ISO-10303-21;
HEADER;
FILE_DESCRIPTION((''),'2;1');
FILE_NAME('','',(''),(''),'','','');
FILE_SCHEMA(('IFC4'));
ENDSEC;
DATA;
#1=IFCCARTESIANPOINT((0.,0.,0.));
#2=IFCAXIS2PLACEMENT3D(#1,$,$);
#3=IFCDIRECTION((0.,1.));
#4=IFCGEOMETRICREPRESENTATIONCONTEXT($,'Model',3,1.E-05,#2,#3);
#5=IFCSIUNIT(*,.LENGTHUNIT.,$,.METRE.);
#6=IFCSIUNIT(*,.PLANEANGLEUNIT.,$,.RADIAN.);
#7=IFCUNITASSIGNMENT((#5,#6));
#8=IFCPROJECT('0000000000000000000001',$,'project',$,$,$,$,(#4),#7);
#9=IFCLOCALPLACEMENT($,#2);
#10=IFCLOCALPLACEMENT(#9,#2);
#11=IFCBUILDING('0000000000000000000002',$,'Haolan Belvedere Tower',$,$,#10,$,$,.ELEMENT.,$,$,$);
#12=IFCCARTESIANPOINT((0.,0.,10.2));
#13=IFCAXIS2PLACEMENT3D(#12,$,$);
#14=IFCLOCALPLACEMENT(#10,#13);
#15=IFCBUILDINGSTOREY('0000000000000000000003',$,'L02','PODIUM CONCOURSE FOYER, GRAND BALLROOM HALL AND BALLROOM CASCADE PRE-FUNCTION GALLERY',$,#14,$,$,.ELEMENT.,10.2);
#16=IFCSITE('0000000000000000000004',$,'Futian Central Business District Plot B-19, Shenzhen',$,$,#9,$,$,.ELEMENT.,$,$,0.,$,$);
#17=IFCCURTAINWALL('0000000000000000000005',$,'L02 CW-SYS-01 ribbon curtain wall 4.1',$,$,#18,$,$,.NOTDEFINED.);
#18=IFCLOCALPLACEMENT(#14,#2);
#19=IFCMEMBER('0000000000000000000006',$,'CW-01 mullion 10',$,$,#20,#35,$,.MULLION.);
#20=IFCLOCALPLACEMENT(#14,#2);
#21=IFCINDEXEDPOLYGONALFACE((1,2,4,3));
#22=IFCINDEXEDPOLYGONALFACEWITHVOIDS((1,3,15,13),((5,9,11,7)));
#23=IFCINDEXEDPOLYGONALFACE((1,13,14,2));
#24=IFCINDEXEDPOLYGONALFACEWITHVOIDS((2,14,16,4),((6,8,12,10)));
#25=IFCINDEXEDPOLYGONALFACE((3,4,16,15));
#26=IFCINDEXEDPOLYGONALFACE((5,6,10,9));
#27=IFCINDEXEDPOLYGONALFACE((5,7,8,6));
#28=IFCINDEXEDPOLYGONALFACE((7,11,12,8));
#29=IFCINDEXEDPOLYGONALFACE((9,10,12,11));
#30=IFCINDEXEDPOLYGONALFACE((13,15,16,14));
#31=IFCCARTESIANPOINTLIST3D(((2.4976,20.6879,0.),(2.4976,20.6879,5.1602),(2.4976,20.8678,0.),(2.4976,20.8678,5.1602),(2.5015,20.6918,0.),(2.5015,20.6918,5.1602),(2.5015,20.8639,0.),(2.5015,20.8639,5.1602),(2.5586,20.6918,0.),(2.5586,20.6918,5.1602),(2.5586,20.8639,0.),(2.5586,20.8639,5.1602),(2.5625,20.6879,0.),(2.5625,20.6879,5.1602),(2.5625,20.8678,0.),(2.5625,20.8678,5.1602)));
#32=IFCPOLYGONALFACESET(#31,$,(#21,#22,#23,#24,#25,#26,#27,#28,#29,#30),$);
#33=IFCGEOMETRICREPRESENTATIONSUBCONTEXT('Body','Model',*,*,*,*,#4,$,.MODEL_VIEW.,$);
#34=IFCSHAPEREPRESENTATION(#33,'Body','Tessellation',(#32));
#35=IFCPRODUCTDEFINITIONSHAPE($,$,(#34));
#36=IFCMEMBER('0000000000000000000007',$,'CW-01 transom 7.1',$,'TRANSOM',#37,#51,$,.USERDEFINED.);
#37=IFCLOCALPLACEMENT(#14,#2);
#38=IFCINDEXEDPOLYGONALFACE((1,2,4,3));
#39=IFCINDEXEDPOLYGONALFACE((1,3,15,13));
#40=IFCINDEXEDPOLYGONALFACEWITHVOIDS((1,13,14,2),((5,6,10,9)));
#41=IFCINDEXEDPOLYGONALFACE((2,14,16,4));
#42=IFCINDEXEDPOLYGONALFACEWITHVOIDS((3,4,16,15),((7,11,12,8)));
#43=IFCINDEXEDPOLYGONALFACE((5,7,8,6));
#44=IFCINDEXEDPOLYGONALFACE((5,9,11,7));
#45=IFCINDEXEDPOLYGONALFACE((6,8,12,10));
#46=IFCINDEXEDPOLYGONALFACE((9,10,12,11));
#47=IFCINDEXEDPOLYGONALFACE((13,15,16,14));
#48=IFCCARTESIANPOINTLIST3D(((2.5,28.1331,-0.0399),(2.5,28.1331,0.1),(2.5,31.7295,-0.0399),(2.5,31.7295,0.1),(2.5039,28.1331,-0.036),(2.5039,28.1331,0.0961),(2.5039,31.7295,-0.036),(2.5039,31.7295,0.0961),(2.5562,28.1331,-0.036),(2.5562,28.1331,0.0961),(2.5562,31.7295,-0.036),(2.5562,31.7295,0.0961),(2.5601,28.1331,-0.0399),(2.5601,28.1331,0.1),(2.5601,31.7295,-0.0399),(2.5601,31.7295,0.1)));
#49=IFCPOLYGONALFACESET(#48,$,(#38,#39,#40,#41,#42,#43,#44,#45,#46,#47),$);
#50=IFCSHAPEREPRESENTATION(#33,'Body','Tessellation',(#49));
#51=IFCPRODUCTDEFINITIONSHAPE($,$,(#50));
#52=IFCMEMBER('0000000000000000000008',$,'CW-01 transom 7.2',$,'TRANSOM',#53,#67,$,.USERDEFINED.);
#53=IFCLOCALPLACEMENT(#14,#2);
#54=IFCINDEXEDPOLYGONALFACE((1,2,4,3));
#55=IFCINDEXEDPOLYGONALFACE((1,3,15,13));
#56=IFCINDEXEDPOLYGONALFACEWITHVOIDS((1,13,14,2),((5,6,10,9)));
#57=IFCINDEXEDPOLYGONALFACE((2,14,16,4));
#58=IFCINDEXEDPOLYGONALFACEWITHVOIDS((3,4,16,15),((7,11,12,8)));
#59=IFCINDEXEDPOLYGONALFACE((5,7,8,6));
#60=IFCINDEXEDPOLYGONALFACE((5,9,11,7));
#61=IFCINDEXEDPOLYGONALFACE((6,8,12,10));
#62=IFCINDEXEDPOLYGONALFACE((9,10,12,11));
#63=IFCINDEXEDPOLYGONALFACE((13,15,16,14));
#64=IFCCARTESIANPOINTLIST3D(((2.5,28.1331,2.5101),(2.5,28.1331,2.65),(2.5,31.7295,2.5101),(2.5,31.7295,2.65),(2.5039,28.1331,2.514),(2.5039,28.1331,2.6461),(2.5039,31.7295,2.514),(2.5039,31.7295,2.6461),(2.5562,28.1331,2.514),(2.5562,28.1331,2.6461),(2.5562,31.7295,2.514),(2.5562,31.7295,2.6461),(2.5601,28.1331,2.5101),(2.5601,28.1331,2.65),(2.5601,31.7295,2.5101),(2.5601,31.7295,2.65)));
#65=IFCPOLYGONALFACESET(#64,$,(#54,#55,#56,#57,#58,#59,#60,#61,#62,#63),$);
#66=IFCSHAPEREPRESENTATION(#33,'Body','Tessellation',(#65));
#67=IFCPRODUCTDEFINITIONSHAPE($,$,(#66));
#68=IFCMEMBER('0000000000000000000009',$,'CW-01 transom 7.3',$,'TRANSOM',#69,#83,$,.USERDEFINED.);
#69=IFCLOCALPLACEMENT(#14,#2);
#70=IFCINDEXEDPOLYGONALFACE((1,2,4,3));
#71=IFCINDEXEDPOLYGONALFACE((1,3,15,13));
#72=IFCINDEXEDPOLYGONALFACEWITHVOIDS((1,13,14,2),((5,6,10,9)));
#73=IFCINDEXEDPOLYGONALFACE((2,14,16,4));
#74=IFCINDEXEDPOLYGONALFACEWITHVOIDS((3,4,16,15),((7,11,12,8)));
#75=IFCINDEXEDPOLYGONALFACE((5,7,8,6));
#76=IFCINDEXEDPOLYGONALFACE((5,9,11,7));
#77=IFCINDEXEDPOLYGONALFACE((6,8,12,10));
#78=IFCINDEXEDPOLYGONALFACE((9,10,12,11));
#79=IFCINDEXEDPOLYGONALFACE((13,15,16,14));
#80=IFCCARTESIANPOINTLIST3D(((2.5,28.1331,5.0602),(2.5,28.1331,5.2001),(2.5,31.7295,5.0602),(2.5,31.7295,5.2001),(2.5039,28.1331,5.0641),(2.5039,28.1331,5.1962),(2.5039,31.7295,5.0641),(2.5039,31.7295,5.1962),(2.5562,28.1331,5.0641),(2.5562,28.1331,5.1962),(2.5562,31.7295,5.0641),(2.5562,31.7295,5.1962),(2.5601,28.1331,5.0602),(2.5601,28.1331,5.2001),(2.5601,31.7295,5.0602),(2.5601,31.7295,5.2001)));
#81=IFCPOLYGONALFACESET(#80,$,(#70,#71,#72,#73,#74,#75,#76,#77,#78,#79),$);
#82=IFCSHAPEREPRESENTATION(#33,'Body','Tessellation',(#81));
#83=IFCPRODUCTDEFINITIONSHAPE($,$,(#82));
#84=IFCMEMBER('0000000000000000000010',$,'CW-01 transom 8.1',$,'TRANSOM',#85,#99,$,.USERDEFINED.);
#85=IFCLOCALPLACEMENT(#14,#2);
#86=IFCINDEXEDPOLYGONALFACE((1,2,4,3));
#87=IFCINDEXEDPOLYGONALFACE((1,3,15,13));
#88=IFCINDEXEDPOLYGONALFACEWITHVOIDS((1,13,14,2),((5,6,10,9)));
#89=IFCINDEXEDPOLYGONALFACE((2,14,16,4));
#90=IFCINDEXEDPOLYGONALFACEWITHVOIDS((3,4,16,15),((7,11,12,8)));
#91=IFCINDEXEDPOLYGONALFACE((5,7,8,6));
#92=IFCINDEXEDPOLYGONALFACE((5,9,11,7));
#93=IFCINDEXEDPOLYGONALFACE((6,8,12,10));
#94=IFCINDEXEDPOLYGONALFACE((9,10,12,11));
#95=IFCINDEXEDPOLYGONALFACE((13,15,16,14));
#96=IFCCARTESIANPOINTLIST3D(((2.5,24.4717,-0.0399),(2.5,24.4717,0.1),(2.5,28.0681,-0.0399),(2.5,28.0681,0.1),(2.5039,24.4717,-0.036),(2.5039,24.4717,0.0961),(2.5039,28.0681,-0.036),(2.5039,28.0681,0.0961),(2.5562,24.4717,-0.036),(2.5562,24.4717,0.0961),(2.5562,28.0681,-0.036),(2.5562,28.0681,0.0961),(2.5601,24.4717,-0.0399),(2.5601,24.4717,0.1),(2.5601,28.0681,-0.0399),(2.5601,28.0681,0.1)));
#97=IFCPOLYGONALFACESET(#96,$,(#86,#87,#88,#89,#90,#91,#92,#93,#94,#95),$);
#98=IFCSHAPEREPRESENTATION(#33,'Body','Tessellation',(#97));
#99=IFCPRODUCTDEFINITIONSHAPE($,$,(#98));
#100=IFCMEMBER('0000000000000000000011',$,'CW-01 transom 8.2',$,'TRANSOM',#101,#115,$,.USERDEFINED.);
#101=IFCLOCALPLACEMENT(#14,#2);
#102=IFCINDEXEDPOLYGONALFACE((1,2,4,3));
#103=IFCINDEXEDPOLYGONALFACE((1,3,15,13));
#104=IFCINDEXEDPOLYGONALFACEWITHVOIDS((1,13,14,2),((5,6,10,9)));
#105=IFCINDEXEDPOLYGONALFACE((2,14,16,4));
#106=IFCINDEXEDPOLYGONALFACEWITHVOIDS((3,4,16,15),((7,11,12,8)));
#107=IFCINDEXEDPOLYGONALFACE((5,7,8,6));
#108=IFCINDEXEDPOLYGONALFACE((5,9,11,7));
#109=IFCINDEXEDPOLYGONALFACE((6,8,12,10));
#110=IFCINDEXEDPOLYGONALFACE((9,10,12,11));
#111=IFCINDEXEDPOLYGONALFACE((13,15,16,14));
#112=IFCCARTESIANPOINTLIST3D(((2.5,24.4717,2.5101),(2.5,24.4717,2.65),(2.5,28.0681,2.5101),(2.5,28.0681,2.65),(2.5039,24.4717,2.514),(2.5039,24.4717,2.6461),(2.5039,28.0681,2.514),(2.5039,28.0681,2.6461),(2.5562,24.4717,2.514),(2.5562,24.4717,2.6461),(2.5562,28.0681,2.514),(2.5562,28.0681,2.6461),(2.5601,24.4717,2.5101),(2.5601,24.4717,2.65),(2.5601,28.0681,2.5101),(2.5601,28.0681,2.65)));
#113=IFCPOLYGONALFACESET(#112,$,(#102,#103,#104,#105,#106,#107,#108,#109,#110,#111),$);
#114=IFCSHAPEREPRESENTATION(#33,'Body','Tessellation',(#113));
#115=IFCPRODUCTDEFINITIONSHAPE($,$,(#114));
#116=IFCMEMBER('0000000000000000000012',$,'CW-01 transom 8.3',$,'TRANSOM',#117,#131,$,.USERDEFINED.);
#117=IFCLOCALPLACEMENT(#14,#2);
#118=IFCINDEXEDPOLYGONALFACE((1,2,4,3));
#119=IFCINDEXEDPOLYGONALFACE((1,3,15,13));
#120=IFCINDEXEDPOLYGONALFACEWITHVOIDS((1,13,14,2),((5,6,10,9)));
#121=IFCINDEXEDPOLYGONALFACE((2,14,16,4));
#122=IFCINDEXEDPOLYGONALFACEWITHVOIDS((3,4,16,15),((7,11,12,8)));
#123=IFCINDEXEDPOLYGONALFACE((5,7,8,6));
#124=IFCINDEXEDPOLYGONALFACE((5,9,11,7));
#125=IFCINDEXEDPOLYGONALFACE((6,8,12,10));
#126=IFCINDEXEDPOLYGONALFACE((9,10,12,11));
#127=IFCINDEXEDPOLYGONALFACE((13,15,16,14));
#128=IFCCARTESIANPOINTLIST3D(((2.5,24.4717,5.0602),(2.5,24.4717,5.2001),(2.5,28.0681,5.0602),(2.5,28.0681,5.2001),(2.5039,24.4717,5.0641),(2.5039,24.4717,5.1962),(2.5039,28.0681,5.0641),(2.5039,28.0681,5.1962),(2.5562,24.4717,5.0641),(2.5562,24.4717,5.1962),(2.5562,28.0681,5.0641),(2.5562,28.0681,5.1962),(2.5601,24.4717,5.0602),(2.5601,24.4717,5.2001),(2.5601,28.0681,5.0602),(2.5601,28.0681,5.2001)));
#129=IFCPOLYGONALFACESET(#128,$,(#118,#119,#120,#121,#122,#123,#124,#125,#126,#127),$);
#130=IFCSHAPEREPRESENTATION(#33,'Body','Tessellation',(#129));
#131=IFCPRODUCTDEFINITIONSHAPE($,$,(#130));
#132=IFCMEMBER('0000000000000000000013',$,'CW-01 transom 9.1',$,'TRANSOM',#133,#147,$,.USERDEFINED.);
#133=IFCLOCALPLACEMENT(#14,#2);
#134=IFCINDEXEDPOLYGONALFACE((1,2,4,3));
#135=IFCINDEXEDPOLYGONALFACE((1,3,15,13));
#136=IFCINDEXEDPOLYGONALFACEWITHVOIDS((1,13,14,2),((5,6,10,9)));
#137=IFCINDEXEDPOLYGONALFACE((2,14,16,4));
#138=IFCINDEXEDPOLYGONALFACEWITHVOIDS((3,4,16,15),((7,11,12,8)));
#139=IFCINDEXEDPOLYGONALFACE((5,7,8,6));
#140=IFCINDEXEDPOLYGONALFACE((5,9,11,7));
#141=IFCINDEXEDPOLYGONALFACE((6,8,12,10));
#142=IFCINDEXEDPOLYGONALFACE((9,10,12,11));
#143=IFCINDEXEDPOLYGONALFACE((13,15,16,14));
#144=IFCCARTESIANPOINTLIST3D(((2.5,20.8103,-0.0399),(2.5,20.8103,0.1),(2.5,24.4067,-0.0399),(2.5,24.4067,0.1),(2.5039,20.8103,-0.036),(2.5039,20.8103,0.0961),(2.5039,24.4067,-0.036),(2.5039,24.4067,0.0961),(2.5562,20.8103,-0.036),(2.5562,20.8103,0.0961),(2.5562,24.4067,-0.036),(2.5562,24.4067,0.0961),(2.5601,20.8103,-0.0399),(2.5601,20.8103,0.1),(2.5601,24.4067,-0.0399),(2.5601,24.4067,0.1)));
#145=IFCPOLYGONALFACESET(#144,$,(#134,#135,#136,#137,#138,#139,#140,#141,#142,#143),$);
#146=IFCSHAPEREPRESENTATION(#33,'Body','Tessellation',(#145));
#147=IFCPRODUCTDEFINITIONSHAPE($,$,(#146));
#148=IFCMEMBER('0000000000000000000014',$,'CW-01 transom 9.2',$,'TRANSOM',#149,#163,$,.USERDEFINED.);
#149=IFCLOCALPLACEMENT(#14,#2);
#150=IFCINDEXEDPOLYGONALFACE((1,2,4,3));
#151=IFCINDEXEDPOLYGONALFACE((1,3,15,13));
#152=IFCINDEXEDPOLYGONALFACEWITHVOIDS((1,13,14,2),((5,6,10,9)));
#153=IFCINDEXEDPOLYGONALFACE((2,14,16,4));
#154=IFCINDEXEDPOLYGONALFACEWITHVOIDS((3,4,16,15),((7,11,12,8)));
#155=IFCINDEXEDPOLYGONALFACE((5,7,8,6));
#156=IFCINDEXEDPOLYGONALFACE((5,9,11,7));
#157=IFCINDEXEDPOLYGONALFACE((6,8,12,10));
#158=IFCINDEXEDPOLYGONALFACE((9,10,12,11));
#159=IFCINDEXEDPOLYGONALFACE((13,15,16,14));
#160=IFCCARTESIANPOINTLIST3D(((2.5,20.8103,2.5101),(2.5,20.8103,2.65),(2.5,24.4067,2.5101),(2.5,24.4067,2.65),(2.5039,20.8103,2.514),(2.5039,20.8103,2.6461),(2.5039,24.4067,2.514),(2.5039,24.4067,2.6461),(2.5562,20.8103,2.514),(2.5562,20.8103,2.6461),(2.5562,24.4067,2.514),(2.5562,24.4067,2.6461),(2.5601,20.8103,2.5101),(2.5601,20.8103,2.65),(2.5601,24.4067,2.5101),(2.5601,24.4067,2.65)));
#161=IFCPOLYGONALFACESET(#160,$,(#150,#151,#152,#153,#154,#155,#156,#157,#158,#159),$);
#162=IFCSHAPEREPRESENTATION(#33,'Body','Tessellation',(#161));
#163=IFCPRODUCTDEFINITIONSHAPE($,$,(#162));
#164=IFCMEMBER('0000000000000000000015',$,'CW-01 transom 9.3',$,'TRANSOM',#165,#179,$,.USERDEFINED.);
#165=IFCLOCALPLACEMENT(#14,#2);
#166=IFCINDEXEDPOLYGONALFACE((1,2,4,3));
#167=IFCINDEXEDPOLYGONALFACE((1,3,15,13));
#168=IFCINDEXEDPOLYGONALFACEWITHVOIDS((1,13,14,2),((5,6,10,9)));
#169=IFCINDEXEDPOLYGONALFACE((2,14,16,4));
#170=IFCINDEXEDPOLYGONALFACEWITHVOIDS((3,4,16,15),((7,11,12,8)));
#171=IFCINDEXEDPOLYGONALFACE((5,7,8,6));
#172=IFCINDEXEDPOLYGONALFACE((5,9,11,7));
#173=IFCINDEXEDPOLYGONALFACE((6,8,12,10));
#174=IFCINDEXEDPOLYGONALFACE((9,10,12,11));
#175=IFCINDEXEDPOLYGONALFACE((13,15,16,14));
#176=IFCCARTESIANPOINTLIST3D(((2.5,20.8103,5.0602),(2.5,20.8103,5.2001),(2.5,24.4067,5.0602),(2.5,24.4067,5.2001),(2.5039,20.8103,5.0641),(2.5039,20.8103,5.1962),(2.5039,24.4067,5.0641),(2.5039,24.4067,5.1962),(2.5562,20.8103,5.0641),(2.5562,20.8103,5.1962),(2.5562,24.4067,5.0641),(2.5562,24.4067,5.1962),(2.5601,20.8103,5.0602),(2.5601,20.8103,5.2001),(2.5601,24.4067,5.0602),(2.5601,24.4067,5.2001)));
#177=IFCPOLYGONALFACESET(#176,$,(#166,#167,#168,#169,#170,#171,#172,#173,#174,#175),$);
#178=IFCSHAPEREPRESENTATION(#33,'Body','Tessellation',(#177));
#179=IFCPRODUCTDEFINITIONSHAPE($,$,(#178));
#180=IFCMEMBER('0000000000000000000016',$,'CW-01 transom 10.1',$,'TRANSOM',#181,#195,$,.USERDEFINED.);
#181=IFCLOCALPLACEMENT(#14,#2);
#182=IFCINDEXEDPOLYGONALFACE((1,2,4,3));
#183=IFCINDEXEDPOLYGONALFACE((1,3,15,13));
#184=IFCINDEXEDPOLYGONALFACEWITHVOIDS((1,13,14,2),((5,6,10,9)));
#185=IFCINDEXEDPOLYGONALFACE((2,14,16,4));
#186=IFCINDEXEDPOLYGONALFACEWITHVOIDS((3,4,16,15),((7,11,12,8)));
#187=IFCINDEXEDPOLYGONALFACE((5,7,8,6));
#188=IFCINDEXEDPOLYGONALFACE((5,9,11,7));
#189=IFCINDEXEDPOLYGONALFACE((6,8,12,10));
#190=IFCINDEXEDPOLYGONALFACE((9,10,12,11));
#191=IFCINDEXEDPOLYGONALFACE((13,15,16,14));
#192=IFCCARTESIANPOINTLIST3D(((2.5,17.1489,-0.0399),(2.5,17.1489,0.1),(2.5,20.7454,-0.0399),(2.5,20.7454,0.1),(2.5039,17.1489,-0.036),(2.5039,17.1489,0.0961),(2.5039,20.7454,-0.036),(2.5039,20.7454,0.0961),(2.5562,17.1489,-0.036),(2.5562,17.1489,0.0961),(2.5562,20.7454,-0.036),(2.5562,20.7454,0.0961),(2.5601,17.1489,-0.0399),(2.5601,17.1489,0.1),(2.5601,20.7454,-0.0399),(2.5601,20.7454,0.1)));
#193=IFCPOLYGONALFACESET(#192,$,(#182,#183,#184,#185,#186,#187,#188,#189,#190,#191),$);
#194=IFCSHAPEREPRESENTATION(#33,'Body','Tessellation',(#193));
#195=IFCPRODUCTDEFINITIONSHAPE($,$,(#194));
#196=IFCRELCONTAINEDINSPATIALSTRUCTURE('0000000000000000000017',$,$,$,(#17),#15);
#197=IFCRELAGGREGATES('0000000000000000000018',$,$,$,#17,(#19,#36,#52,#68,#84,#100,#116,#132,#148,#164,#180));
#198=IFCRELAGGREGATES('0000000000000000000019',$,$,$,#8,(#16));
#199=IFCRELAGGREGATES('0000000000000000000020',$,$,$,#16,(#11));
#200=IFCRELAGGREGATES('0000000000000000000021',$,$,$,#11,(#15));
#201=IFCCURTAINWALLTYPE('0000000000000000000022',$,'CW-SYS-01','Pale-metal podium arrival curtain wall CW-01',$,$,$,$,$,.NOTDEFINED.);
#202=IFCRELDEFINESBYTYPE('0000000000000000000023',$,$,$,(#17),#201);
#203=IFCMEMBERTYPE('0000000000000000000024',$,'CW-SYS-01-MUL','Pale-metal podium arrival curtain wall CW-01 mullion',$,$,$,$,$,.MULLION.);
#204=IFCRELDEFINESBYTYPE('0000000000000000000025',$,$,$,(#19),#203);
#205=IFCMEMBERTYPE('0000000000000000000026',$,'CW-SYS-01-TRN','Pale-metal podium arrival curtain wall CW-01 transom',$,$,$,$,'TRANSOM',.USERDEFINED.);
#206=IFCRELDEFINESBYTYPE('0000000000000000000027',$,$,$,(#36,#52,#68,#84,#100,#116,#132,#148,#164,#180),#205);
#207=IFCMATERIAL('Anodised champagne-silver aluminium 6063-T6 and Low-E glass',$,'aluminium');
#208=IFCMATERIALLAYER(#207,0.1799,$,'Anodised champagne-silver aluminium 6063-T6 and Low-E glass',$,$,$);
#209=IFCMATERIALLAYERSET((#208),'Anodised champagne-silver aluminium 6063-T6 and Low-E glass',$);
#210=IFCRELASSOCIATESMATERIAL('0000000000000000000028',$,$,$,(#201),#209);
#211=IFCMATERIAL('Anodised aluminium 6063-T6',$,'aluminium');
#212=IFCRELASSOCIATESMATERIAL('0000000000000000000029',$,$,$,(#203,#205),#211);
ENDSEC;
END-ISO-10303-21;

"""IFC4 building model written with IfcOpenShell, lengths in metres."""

from ifc_helpers import new_model, si_unit, direction, frame, origin, origin_2d, place, context, subcontext, project, spatial, hollow_rectangle, extrude, material, layer, layer_set, material_profile, profile_set, type_object, element, aggregate, save


model = new_model("IFC4")

# Units and contexts
model_context = context("Model", 3, precision=1e-05, world=origin(), true_north=direction((0.0, 1.0)))
body_context = subcontext(model_context, "Body", "Model", "MODEL_VIEW")
ifc_project = project(units=[si_unit("LENGTHUNIT", "METRE"), si_unit("PLANEANGLEUNIT", "RADIAN")], contexts=[model_context])

# Site, building, storey
site_placement = place(None, origin())
site = spatial("IfcSite", under=ifc_project, at=site_placement, Name="Futian Central Business District Plot B-19, Shenzhen", CompositionType="ELEMENT", RefElevation=0.0)
building_placement = place(site_placement, origin())
building = spatial("IfcBuilding", under=site, at=building_placement, Name="Haolan Belvedere Tower", CompositionType="ELEMENT")
storey_placement = place(building_placement, frame((0.0, 0.0, 10.2)))
storey = spatial("IfcBuildingStorey", under=building, at=storey_placement, Name="L02", Description="PODIUM CONCOURSE FOYER, GRAND BALLROOM HALL AND BALLROOM CASCADE PRE-FUNCTION GALLERY", CompositionType="ELEMENT", Elevation=10.2)

# Curtain wall, members
ifc_material_1 = material(Name="Anodised champagne-silver aluminium 6063-T6 and Low-E glass", Category="aluminium")
ifc_layer_1 = layer(ifc_material_1, 0.1799, Name="Anodised champagne-silver aluminium 6063-T6 and Low-E glass")
ifc_layer_set_1 = layer_set([ifc_layer_1], Name="Anodised champagne-silver aluminium 6063-T6 and Low-E glass")
curtain_wall_type = type_object("IfcCurtainWallType", Name="CW-SYS-01", Description="Pale-metal podium arrival curtain wall CW-01", PredefinedType="NOTDEFINED", material=ifc_layer_set_1)
curtain_wall_placement = place(storey_placement, origin())
curtain_wall = element("IfcCurtainWall", 1, at=curtain_wall_placement, inside=storey, type_object=curtain_wall_type, Name="L02 CW-SYS-01 ribbon curtain wall 4.1", PredefinedType="NOTDEFINED")
ifc_material_2 = material(Name="Anodised aluminium 6063-T6", Category="aluminium")
ifc_material_profile_1 = material_profile(ifc_material_2, hollow_rectangle(XDim=0.0649, YDim=0.1799, WallThickness=0.0039, at=origin_2d()), Name="Anodised aluminium 6063-T6")
ifc_profile_set_1 = profile_set([ifc_material_profile_1], Name="Anodised aluminium 6063-T6")
member_type_1 = type_object("IfcMemberType", Name="CW-SYS-01-MUL", Description="Pale-metal podium arrival curtain wall CW-01 mullion", PredefinedType="MULLION", material=ifc_profile_set_1)
member_1_placement = place(storey_placement, frame((2.53, 20.7778, 0.0), z_axis=(0.0, 0.0, 1.0), x_axis=(1.0, 0.0, 0.0)))
member_1 = element("IfcMember", 2, at=member_1_placement, type_object=member_type_1, Name="CW-01 mullion 10", PredefinedType="MULLION", context=body_context, shape_type="SweptSolid", body=[
    extrude(hollow_rectangle(XDim=0.0649, YDim=0.1799, WallThickness=0.0039, at=origin_2d()), origin(), (0.0, 0.0, 1.0), 5.1602),
])
ifc_material_profile_2 = material_profile(ifc_material_2, hollow_rectangle(XDim=0.0601, YDim=0.1399, WallThickness=0.0039, at=origin_2d()), Name="Anodised aluminium 6063-T6")
ifc_profile_set_2 = profile_set([ifc_material_profile_2], Name="Anodised aluminium 6063-T6")
member_type_2 = type_object("IfcMemberType", Name="CW-SYS-01-TRN", Description="Pale-metal podium arrival curtain wall CW-01 transom", ElementType="TRANSOM", PredefinedType="USERDEFINED", material=ifc_profile_set_2)
member_2_placement = place(storey_placement, frame((2.53, 31.7295, 0.03), z_axis=(0.0, -1.0, 0.0), x_axis=(1.0, 0.0, 0.0)))
member_2 = element("IfcMember", 3, at=member_2_placement, type_object=member_type_2, Name="CW-01 transom 7.1", ObjectType="TRANSOM", PredefinedType="USERDEFINED", context=body_context, shape_type="SweptSolid", body=[
    extrude(hollow_rectangle(XDim=0.0601, YDim=0.1399, WallThickness=0.0039, at=origin_2d()), origin(), (0.0, 0.0, 1.0), 3.5964),
])
member_3_placement = place(storey_placement, frame((2.53, 31.7295, 2.5801), z_axis=(0.0, -1.0, 0.0), x_axis=(1.0, 0.0, 0.0)))
member_3 = element("IfcMember", 4, at=member_3_placement, type_object=member_type_2, Name="CW-01 transom 7.2", ObjectType="TRANSOM", PredefinedType="USERDEFINED", context=body_context, shape_type="SweptSolid", body=[
    extrude(hollow_rectangle(XDim=0.0601, YDim=0.1399, WallThickness=0.0039, at=origin_2d()), origin(), (0.0, 0.0, 1.0), 3.5964),
])
member_4_placement = place(storey_placement, frame((2.53, 31.7295, 5.1301), z_axis=(0.0, -1.0, 0.0), x_axis=(1.0, 0.0, 0.0)))
member_4 = element("IfcMember", 5, at=member_4_placement, type_object=member_type_2, Name="CW-01 transom 7.3", ObjectType="TRANSOM", PredefinedType="USERDEFINED", context=body_context, shape_type="SweptSolid", body=[
    extrude(hollow_rectangle(XDim=0.0601, YDim=0.1399, WallThickness=0.0039, at=origin_2d()), origin(), (0.0, 0.0, 1.0), 3.5964),
])
member_5_placement = place(storey_placement, frame((2.53, 28.0681, 0.03), z_axis=(0.0, -1.0, 0.0), x_axis=(1.0, 0.0, 0.0)))
member_5 = element("IfcMember", 6, at=member_5_placement, type_object=member_type_2, Name="CW-01 transom 8.1", ObjectType="TRANSOM", PredefinedType="USERDEFINED", context=body_context, shape_type="SweptSolid", body=[
    extrude(hollow_rectangle(XDim=0.0601, YDim=0.1399, WallThickness=0.0039, at=origin_2d()), origin(), (0.0, 0.0, 1.0), 3.5964),
])
member_6_placement = place(storey_placement, frame((2.53, 28.0681, 2.5801), z_axis=(0.0, -1.0, 0.0), x_axis=(1.0, 0.0, 0.0)))
member_6 = element("IfcMember", 7, at=member_6_placement, type_object=member_type_2, Name="CW-01 transom 8.2", ObjectType="TRANSOM", PredefinedType="USERDEFINED", context=body_context, shape_type="SweptSolid", body=[
    extrude(hollow_rectangle(XDim=0.0601, YDim=0.1399, WallThickness=0.0039, at=origin_2d()), origin(), (0.0, 0.0, 1.0), 3.5964),
])
member_7_placement = place(storey_placement, frame((2.53, 28.0681, 5.1301), z_axis=(0.0, -1.0, 0.0), x_axis=(1.0, 0.0, 0.0)))
member_7 = element("IfcMember", 8, at=member_7_placement, type_object=member_type_2, Name="CW-01 transom 8.3", ObjectType="TRANSOM", PredefinedType="USERDEFINED", context=body_context, shape_type="SweptSolid", body=[
    extrude(hollow_rectangle(XDim=0.0601, YDim=0.1399, WallThickness=0.0039, at=origin_2d()), origin(), (0.0, 0.0, 1.0), 3.5964),
])
member_8_placement = place(storey_placement, frame((2.53, 24.4067, 0.03), z_axis=(0.0, -1.0, 0.0), x_axis=(1.0, 0.0, 0.0)))
member_8 = element("IfcMember", 9, at=member_8_placement, type_object=member_type_2, Name="CW-01 transom 9.1", ObjectType="TRANSOM", PredefinedType="USERDEFINED", context=body_context, shape_type="SweptSolid", body=[
    extrude(hollow_rectangle(XDim=0.0601, YDim=0.1399, WallThickness=0.0039, at=origin_2d()), origin(), (0.0, 0.0, 1.0), 3.5964),
])
member_9_placement = place(storey_placement, frame((2.53, 24.4067, 2.5801), z_axis=(0.0, -1.0, 0.0), x_axis=(1.0, 0.0, 0.0)))
member_9 = element("IfcMember", 10, at=member_9_placement, type_object=member_type_2, Name="CW-01 transom 9.2", ObjectType="TRANSOM", PredefinedType="USERDEFINED", context=body_context, shape_type="SweptSolid", body=[
    extrude(hollow_rectangle(XDim=0.0601, YDim=0.1399, WallThickness=0.0039, at=origin_2d()), origin(), (0.0, 0.0, 1.0), 3.5964),
])
member_10_placement = place(storey_placement, frame((2.53, 24.4067, 5.1301), z_axis=(0.0, -1.0, 0.0), x_axis=(1.0, 0.0, 0.0)))
member_10 = element("IfcMember", 11, at=member_10_placement, type_object=member_type_2, Name="CW-01 transom 9.3", ObjectType="TRANSOM", PredefinedType="USERDEFINED", context=body_context, shape_type="SweptSolid", body=[
    extrude(hollow_rectangle(XDim=0.0601, YDim=0.1399, WallThickness=0.0039, at=origin_2d()), origin(), (0.0, 0.0, 1.0), 3.5964),
])
member_11_placement = place(storey_placement, frame((2.53, 20.7454, 0.03), z_axis=(0.0, -1.0, 0.0), x_axis=(1.0, 0.0, 0.0)))
member_11 = element("IfcMember", 12, at=member_11_placement, type_object=member_type_2, Name="CW-01 transom 10.1", ObjectType="TRANSOM", PredefinedType="USERDEFINED", context=body_context, shape_type="SweptSolid", body=[
    extrude(hollow_rectangle(XDim=0.0601, YDim=0.1399, WallThickness=0.0039, at=origin_2d()), origin(), (0.0, 0.0, 1.0), 3.5964),
])
aggregate(curtain_wall, [member_1, member_2, member_3, member_4, member_5, member_6, member_7, member_8, member_9, member_10, member_11])

save(model, "model.ifc")
